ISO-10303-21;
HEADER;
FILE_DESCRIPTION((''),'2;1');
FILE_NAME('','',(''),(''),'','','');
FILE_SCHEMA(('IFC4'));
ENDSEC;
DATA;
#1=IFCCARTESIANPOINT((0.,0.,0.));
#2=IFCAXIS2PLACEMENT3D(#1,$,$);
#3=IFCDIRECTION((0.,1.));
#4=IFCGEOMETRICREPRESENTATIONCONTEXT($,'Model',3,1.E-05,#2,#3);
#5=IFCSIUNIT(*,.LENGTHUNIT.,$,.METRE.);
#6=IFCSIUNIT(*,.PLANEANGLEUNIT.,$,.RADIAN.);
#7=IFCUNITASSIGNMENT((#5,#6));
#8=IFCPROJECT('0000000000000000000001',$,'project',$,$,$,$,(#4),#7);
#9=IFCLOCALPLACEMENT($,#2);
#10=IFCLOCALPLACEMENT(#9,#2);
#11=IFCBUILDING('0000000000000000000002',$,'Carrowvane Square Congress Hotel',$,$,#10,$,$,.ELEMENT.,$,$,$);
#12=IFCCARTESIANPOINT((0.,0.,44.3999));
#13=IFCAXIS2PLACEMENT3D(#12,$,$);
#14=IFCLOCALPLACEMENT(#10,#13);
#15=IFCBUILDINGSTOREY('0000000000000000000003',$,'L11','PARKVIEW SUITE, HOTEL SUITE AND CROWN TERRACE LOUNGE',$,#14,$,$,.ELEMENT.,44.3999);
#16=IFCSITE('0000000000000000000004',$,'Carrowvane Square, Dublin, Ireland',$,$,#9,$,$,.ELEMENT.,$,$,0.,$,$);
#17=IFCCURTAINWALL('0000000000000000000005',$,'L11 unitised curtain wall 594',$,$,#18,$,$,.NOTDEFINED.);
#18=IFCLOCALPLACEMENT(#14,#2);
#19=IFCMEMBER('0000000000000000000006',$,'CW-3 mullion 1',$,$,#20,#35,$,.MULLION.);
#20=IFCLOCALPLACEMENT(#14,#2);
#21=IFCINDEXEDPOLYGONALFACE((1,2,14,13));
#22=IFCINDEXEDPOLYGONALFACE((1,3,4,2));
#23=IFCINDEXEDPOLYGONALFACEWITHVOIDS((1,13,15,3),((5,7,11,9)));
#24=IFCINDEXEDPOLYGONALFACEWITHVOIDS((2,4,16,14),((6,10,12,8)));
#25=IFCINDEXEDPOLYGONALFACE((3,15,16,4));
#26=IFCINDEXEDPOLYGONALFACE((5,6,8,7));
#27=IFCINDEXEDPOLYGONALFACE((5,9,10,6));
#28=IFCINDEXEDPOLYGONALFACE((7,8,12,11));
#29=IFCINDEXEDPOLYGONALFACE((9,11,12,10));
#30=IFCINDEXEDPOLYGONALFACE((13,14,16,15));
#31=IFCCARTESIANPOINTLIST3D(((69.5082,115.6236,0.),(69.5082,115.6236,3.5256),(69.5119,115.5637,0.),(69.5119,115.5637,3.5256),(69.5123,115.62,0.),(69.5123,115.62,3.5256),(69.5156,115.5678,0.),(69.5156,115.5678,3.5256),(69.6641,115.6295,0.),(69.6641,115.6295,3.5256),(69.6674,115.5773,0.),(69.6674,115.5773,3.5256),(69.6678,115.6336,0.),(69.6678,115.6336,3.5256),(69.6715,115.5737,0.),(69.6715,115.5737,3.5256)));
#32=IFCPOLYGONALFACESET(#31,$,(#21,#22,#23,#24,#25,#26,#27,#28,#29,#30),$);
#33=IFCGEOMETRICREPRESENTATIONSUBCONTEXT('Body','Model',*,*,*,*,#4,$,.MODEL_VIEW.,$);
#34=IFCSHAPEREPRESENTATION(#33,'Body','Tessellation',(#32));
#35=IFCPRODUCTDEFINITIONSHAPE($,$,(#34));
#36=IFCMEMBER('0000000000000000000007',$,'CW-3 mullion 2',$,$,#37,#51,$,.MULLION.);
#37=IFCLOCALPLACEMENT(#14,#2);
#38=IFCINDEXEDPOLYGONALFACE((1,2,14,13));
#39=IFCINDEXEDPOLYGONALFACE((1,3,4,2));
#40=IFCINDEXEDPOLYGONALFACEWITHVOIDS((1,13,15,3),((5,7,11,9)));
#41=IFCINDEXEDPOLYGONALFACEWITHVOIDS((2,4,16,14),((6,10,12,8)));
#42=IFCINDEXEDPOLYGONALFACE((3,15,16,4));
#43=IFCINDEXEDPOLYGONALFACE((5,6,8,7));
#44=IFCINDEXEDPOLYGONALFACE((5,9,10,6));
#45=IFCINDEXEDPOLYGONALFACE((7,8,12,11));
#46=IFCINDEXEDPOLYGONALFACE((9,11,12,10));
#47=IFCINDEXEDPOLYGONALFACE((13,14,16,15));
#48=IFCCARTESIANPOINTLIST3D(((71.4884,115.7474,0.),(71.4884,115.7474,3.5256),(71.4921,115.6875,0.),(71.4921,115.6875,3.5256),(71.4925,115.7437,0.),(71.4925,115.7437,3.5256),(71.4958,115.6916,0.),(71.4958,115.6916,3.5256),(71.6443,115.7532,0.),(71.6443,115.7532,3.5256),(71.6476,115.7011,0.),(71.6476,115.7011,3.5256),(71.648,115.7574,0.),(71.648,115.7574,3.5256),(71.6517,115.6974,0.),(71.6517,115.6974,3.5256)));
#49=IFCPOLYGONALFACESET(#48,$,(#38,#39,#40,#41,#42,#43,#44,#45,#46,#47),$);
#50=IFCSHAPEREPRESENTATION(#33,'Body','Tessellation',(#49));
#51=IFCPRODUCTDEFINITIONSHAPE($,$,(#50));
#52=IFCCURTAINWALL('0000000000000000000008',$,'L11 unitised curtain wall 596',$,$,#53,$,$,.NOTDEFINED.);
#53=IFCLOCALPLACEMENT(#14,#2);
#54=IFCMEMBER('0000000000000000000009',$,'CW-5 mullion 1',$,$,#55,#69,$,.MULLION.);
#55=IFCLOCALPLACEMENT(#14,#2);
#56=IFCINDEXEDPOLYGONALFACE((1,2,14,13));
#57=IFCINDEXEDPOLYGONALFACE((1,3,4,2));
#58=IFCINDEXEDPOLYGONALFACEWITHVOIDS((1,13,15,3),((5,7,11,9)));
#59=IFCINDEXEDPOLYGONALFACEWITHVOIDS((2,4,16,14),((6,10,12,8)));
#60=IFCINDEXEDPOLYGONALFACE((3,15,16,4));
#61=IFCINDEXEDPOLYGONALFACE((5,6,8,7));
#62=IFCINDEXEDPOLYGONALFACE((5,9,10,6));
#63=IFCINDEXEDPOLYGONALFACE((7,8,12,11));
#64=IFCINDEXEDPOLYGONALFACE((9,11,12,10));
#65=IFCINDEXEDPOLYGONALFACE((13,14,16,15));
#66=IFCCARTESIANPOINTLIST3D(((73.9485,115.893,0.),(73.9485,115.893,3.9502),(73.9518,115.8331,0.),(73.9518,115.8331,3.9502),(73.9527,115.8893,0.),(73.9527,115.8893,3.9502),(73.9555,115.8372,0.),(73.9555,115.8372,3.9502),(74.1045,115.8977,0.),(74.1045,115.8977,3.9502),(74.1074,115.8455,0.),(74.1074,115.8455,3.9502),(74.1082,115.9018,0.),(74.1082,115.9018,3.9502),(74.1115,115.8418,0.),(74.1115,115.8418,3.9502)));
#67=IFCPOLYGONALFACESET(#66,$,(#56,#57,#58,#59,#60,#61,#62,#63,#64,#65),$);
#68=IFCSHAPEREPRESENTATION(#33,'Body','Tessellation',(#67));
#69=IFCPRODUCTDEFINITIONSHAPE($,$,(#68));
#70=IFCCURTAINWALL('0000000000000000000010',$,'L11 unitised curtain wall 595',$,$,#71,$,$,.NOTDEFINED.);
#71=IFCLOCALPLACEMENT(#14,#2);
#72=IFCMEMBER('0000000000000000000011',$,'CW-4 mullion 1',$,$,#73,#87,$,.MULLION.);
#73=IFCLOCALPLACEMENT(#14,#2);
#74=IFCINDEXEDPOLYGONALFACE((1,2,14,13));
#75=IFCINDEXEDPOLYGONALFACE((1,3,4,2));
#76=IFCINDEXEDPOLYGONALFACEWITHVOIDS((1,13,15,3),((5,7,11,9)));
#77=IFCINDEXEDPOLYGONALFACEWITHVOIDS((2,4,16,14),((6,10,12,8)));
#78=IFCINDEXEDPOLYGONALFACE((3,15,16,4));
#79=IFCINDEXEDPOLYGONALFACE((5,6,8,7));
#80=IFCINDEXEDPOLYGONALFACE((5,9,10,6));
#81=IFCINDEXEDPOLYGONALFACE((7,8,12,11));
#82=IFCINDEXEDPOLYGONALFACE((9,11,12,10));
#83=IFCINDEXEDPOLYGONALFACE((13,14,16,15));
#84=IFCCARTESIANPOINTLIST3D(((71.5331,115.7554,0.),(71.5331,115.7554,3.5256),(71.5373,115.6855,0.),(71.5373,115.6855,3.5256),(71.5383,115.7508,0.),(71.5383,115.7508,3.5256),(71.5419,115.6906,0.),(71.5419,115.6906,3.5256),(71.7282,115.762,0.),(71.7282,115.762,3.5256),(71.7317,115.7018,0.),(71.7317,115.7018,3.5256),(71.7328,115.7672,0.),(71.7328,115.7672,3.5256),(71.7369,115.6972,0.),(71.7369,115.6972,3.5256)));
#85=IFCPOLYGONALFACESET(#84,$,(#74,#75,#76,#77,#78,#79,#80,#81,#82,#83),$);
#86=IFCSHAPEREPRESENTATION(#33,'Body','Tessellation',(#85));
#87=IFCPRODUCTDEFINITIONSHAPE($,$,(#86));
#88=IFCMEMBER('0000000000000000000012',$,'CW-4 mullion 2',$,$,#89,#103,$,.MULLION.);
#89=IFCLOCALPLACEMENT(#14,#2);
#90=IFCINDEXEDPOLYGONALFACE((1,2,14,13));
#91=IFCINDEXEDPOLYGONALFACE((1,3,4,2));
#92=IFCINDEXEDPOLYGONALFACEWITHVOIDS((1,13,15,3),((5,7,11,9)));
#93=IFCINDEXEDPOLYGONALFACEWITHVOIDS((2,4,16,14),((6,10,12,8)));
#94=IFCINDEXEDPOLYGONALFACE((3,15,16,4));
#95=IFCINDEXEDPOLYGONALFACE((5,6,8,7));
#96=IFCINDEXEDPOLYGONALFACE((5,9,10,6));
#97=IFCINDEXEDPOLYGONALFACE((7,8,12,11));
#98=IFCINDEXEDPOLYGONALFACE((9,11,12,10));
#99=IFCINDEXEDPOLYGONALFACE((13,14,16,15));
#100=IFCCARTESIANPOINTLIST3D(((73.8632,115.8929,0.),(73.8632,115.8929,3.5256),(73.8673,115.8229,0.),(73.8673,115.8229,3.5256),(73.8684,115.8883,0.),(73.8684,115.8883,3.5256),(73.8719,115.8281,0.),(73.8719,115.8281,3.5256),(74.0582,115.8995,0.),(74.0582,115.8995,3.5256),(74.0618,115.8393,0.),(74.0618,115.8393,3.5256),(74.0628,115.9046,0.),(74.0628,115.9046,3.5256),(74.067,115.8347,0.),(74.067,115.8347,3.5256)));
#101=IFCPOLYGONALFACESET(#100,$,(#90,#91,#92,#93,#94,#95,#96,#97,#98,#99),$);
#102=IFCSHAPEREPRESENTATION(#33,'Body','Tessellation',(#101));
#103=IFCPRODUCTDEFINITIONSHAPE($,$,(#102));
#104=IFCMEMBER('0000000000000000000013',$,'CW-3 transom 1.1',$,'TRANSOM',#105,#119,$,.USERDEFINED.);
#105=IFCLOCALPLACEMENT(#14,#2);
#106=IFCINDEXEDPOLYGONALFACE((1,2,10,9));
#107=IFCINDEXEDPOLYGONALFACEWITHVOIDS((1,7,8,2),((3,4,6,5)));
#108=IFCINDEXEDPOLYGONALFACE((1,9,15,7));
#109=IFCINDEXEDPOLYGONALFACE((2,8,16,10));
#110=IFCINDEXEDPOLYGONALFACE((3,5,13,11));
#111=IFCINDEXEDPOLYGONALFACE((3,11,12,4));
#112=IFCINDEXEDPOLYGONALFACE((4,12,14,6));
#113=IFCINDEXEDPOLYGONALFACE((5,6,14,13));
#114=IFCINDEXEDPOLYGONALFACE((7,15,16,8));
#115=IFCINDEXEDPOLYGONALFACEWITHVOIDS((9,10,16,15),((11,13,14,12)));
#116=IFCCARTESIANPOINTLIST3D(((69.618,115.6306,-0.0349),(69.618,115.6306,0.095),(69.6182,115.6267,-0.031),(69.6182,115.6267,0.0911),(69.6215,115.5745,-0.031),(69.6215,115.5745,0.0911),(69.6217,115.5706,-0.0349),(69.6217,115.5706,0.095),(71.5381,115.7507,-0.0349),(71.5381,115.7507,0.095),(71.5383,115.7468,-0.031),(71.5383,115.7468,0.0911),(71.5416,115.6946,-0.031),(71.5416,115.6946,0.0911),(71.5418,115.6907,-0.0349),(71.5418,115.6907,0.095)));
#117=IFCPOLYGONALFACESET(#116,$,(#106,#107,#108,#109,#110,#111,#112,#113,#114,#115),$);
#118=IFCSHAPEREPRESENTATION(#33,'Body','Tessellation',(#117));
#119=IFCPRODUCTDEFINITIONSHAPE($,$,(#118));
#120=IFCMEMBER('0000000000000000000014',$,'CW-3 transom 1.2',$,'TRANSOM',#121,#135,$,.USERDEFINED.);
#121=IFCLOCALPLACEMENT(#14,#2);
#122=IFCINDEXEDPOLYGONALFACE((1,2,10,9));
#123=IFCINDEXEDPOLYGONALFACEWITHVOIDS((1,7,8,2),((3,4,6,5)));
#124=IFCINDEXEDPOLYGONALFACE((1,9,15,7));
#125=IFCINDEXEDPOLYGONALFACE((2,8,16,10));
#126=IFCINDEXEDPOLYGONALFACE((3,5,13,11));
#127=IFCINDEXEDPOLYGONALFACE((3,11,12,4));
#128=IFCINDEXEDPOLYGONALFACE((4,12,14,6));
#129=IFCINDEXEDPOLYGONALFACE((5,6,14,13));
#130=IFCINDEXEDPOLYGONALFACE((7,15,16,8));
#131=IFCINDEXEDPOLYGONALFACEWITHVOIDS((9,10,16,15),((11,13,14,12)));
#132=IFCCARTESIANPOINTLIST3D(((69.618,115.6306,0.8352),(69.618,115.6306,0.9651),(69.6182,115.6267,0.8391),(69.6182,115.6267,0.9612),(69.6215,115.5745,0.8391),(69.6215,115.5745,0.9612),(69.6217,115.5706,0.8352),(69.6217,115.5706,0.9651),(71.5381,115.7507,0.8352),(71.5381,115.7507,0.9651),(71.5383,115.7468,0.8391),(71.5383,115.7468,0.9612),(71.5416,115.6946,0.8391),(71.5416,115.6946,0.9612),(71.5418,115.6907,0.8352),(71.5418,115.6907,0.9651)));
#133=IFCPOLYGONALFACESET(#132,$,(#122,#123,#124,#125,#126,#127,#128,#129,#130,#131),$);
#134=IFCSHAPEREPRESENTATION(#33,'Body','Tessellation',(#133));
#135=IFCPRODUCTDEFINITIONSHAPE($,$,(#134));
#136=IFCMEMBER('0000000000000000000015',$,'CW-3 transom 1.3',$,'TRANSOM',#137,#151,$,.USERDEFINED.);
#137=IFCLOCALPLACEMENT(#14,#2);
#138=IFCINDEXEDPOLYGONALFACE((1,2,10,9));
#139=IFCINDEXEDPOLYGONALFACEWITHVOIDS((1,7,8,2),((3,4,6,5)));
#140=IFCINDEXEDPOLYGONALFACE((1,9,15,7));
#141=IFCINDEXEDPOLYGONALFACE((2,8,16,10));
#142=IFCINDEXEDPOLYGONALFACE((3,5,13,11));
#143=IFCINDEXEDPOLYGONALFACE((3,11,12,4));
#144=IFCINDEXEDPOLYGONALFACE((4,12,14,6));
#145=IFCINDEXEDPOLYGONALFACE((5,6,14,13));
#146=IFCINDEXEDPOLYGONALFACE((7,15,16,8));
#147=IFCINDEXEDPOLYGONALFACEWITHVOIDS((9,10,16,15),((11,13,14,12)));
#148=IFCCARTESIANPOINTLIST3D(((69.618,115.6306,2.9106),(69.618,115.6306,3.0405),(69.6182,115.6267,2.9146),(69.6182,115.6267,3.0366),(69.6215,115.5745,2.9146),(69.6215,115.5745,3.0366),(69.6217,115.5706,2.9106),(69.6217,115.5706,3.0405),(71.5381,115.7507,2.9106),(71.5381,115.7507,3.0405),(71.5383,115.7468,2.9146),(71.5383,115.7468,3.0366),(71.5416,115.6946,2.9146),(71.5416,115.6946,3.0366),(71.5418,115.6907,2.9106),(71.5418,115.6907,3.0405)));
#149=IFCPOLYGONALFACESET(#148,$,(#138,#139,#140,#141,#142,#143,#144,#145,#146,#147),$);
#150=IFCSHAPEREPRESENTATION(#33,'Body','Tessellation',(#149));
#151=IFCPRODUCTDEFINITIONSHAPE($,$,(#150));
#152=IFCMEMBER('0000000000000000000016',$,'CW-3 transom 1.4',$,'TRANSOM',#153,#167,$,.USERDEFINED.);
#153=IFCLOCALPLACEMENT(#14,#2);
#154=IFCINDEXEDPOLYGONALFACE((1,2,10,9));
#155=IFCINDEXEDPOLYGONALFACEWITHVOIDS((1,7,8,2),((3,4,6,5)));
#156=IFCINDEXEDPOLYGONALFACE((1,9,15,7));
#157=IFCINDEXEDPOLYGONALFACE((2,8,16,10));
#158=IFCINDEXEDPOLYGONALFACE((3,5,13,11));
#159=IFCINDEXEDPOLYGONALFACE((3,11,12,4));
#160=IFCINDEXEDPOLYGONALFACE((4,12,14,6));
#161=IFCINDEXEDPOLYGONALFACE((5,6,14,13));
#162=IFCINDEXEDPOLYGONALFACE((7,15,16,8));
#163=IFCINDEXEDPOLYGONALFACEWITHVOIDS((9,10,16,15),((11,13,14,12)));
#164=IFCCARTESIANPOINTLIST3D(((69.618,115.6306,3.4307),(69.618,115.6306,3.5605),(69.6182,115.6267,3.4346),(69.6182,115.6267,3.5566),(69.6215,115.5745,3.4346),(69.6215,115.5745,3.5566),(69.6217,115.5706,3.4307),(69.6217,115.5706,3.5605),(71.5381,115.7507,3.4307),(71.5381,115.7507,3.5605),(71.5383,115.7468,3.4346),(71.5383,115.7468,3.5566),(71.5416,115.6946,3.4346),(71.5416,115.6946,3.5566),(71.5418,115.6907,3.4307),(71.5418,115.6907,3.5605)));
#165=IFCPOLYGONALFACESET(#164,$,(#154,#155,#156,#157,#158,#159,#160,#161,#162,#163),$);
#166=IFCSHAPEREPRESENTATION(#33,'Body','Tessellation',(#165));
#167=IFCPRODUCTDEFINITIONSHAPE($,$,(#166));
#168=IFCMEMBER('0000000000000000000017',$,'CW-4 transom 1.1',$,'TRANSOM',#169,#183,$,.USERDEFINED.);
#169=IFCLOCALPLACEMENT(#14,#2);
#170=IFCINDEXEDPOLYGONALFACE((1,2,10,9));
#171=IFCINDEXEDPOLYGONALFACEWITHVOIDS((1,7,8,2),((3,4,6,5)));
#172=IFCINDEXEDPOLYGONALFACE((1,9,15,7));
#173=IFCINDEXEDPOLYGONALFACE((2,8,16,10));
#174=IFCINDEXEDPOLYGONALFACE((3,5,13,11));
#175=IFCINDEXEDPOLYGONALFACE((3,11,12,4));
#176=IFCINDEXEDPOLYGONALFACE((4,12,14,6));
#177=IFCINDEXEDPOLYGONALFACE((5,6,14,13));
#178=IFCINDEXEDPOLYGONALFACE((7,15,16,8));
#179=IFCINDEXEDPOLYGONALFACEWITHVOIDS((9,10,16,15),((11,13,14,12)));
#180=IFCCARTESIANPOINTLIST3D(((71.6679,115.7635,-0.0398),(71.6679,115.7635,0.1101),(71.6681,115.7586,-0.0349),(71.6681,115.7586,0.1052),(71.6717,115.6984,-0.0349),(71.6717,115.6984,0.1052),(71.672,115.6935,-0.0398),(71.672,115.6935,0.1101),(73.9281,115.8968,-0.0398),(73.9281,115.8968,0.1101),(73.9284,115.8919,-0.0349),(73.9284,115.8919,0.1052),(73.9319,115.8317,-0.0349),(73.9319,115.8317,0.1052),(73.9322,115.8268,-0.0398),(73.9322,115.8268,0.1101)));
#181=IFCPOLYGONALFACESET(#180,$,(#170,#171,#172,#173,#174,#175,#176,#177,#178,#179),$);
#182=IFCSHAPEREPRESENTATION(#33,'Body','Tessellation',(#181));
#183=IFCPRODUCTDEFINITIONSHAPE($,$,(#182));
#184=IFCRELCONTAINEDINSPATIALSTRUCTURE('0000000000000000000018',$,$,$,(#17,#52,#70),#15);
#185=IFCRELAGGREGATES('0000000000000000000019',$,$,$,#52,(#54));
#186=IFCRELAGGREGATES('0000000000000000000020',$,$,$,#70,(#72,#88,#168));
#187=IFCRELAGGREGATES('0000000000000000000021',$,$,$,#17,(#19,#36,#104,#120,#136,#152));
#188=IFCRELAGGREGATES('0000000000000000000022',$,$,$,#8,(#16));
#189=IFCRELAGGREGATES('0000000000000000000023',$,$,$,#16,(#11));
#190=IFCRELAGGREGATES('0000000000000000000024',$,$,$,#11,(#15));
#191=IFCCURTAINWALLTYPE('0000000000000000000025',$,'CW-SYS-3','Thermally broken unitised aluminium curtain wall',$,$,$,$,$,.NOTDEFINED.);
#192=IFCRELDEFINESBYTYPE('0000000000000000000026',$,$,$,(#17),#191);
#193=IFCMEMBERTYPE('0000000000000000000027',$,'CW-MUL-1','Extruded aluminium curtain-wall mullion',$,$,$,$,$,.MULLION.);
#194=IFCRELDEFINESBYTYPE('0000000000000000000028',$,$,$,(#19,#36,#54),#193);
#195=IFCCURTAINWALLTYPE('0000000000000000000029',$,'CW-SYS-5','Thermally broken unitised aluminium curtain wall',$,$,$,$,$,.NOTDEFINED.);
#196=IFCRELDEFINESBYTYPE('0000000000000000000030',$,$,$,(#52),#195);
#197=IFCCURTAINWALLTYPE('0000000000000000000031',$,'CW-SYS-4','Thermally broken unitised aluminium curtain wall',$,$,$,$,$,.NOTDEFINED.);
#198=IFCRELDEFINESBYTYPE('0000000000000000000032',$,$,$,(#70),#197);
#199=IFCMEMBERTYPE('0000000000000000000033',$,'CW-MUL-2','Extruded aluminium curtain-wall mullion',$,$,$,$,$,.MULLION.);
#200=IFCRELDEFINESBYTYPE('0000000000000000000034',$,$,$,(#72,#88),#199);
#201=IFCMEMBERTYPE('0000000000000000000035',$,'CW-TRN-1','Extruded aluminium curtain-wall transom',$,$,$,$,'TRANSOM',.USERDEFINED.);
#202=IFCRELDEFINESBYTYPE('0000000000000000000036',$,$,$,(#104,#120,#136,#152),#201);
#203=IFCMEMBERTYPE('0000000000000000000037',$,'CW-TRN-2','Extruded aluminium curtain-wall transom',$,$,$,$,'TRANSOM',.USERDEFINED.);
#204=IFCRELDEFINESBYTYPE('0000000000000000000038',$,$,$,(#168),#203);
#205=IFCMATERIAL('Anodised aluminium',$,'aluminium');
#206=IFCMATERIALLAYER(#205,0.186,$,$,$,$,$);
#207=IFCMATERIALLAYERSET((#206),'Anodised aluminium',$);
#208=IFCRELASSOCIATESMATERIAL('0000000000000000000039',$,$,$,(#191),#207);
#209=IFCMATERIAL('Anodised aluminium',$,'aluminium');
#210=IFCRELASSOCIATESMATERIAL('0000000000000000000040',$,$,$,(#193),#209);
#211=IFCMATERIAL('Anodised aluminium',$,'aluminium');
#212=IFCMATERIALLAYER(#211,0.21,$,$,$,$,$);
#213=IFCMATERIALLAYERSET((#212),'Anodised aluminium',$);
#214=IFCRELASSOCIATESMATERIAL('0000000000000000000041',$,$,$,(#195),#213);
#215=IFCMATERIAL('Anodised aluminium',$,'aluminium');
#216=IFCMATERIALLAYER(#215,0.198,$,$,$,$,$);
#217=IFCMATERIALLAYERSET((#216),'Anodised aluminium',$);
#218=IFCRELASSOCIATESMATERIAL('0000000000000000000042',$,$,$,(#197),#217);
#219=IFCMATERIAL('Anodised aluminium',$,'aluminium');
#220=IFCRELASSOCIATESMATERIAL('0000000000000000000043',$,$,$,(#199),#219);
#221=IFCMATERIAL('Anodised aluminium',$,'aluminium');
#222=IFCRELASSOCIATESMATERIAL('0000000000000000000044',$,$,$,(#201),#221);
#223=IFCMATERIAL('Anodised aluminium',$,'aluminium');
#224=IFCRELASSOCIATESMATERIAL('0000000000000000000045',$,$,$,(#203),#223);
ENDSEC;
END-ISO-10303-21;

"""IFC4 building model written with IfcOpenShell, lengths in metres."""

from ifc_helpers import new_model, si_unit, direction, frame, origin, origin_2d, place, context, subcontext, project, spatial, hollow_rectangle, extrude, material, layer, layer_set, material_profile, profile_set, type_object, element, aggregate, save


model = new_model("IFC4")

# Units and contexts
model_context = context("Model", 3, precision=1e-05, world=origin(), true_north=direction((0.0, 1.0)))
body_context = subcontext(model_context, "Body", "Model", "MODEL_VIEW")
ifc_project = project(units=[si_unit("LENGTHUNIT", "METRE"), si_unit("PLANEANGLEUNIT", "RADIAN")], contexts=[model_context])

# Site, building, storey
site_placement = place(None, origin())
site = spatial("IfcSite", under=ifc_project, at=site_placement, Name="Carrowvane Square, Dublin, Ireland", CompositionType="ELEMENT", RefElevation=0.0)
building_placement = place(site_placement, origin())
building = spatial("IfcBuilding", under=site, at=building_placement, Name="Carrowvane Square Congress Hotel", CompositionType="ELEMENT")
storey_placement = place(building_placement, frame((0.0, 0.0, 44.3999)))
storey = spatial("IfcBuildingStorey", under=building, at=storey_placement, Name="L11", Description="PARKVIEW SUITE, HOTEL SUITE AND CROWN TERRACE LOUNGE", CompositionType="ELEMENT", Elevation=44.3999)

# Curtain wall, members
ifc_material_1 = material(Name="Anodised aluminium", Category="aluminium")
ifc_layer_1 = layer(ifc_material_1, 0.186)
ifc_layer_set_1 = layer_set([ifc_layer_1], Name="Anodised aluminium")
curtain_wall_type_1 = type_object("IfcCurtainWallType", Name="CW-SYS-3", Description="Thermally broken unitised aluminium curtain wall", PredefinedType="NOTDEFINED", material=ifc_layer_set_1)
curtain_wall_1_placement = place(storey_placement, origin())
curtain_wall_1 = element("IfcCurtainWall", 1, at=curtain_wall_1_placement, inside=storey, type_object=curtain_wall_type_1, Name="L11 unitised curtain wall 594", PredefinedType="NOTDEFINED")
ifc_material_2 = material(Name="Anodised aluminium", Category="aluminium")
ifc_material_profile_1 = material_profile(ifc_material_2, hollow_rectangle(XDim=0.0601, YDim=0.1599, WallThickness=0.0039, at=origin_2d()), Name="CW-ML 60x160x4")
ifc_profile_set_1 = profile_set([ifc_material_profile_1], Name="Anodised aluminium")
member_type_1 = type_object("IfcMemberType", Name="CW-MUL-1", Description="Extruded aluminium curtain-wall mullion", PredefinedType="MULLION", material=ifc_profile_set_1)
member_1_placement = place(storey_placement, frame((69.5898, 115.5986, 0.0), z_axis=(0.0, 0.0, 1.0), x_axis=(-0.062397, 0.998051, 0.0)))
member_1 = element("IfcMember", 2, at=member_1_placement, type_object=member_type_1, Name="CW-3 mullion 1", PredefinedType="MULLION", context=body_context, shape_type="SweptSolid", body=[
    extrude(hollow_rectangle(XDim=0.0601, YDim=0.1599, WallThickness=0.0039, at=origin_2d()), origin(), (0.0, 0.0, 1.0), 3.5256),
])
member_2_placement = place(storey_placement, frame((71.5701, 115.7224, 0.0), z_axis=(0.0, 0.0, 1.0), x_axis=(-0.062397, 0.998051, 0.0)))
member_2 = element("IfcMember", 3, at=member_2_placement, type_object=member_type_1, Name="CW-3 mullion 2", PredefinedType="MULLION", context=body_context, shape_type="SweptSolid", body=[
    extrude(hollow_rectangle(XDim=0.0601, YDim=0.1599, WallThickness=0.0039, at=origin_2d()), origin(), (0.0, 0.0, 1.0), 3.5256),
])

# Curtain wall, member
ifc_material_3 = material(Name="Anodised aluminium", Category="aluminium")
ifc_layer_2 = layer(ifc_material_3, 0.21)
ifc_layer_set_2 = layer_set([ifc_layer_2], Name="Anodised aluminium")
curtain_wall_type_2 = type_object("IfcCurtainWallType", Name="CW-SYS-5", Description="Thermally broken unitised aluminium curtain wall", PredefinedType="NOTDEFINED", material=ifc_layer_set_2)
curtain_wall_2_placement = place(storey_placement, origin())
curtain_wall_2 = element("IfcCurtainWall", 4, at=curtain_wall_2_placement, inside=storey, type_object=curtain_wall_type_2, Name="L11 unitised curtain wall 596", PredefinedType="NOTDEFINED")
member_3_placement = place(storey_placement, frame((74.03, 115.8674, 0.0), z_axis=(0.0, 0.0, 1.0), x_axis=(-0.054816, 0.998496, 0.0)))
member_3 = element("IfcMember", 5, at=member_3_placement, type_object=member_type_1, Name="CW-5 mullion 1", PredefinedType="MULLION", context=body_context, shape_type="SweptSolid", body=[
    extrude(hollow_rectangle(XDim=0.0601, YDim=0.1599, WallThickness=0.0039, at=origin_2d()), origin(), (0.0, 0.0, 1.0), 3.9502),
])
aggregate(curtain_wall_2, [member_3])

# Curtain wall, members
ifc_material_4 = material(Name="Anodised aluminium", Category="aluminium")
ifc_layer_3 = layer(ifc_material_4, 0.198)
ifc_layer_set_3 = layer_set([ifc_layer_3], Name="Anodised aluminium")
curtain_wall_type_3 = type_object("IfcCurtainWallType", Name="CW-SYS-4", Description="Thermally broken unitised aluminium curtain wall", PredefinedType="NOTDEFINED", material=ifc_layer_set_3)
curtain_wall_3_placement = place(storey_placement, origin())
curtain_wall_3 = element("IfcCurtainWall", 6, at=curtain_wall_3_placement, inside=storey, type_object=curtain_wall_type_3, Name="L11 unitised curtain wall 595", PredefinedType="NOTDEFINED")
ifc_material_5 = material(Name="Anodised aluminium", Category="aluminium")
ifc_material_profile_2 = material_profile(ifc_material_5, hollow_rectangle(XDim=0.0701, YDim=0.2, WallThickness=0.0049, at=origin_2d()), Name="CW-ML 70x200x5")
ifc_profile_set_2 = profile_set([ifc_material_profile_2], Name="Anodised aluminium")
member_type_2 = type_object("IfcMemberType", Name="CW-MUL-2", Description="Extruded aluminium curtain-wall mullion", PredefinedType="MULLION", material=ifc_profile_set_2)
member_4_placement = place(storey_placement, frame((71.635, 115.7263, 0.0), z_axis=(0.0, 0.0, 1.0), x_axis=(-0.058851, 0.998267, 0.0)))
member_4 = element("IfcMember", 7, at=member_4_placement, type_object=member_type_2, Name="CW-4 mullion 1", PredefinedType="MULLION", context=body_context, shape_type="SweptSolid", body=[
    extrude(hollow_rectangle(XDim=0.0701, YDim=0.2, WallThickness=0.0049, at=origin_2d()), origin(), (0.0, 0.0, 1.0), 3.5256),
])
member_5_placement = place(storey_placement, frame((73.9651, 115.8638, 0.0), z_axis=(0.0, 0.0, 1.0), x_axis=(-0.058851, 0.998267, 0.0)))
member_5 = element("IfcMember", 8, at=member_5_placement, type_object=member_type_2, Name="CW-4 mullion 2", PredefinedType="MULLION", context=body_context, shape_type="SweptSolid", body=[
    extrude(hollow_rectangle(XDim=0.0701, YDim=0.2, WallThickness=0.0049, at=origin_2d()), origin(), (0.0, 0.0, 1.0), 3.5256),
])

# Members
ifc_material_6 = material(Name="Anodised aluminium", Category="aluminium")
ifc_material_profile_3 = material_profile(ifc_material_6, hollow_rectangle(XDim=0.0601, YDim=0.1299, WallThickness=0.0039, at=origin_2d()), Name="CW-TR 60x130x4")
ifc_profile_set_3 = profile_set([ifc_material_profile_3], Name="Anodised aluminium")
member_type_3 = type_object("IfcMemberType", Name="CW-TRN-1", Description="Extruded aluminium curtain-wall transom", ElementType="TRANSOM", PredefinedType="USERDEFINED", material=ifc_profile_set_3)
member_6_placement = place(storey_placement, frame((69.6199, 115.6006, 0.03), z_axis=(0.998049, 0.062434, 0.0), x_axis=(-0.062434, 0.998049, 0.0)))
member_6 = element("IfcMember", 9, at=member_6_placement, type_object=member_type_3, Name="CW-3 transom 1.1", ObjectType="TRANSOM", PredefinedType="USERDEFINED", context=body_context, shape_type="SweptSolid", body=[
    extrude(hollow_rectangle(XDim=0.0601, YDim=0.1299, WallThickness=0.0039, at=origin_2d()), origin(), (0.0, 0.0, 1.0), 1.9238),
])
member_7_placement = place(storey_placement, frame((69.6199, 115.6006, 0.9001), z_axis=(0.998049, 0.062434, 0.0), x_axis=(-0.062434, 0.998049, 0.0)))
member_7 = element("IfcMember", 10, at=member_7_placement, type_object=member_type_3, Name="CW-3 transom 1.2", ObjectType="TRANSOM", PredefinedType="USERDEFINED", context=body_context, shape_type="SweptSolid", body=[
    extrude(hollow_rectangle(XDim=0.0601, YDim=0.1299, WallThickness=0.0039, at=origin_2d()), origin(), (0.0, 0.0, 1.0), 1.9238),
])
member_8_placement = place(storey_placement, frame((69.6199, 115.6006, 2.9756), z_axis=(0.998049, 0.062434, 0.0), x_axis=(-0.062434, 0.998049, 0.0)))
member_8 = element("IfcMember", 11, at=member_8_placement, type_object=member_type_3, Name="CW-3 transom 1.3", ObjectType="TRANSOM", PredefinedType="USERDEFINED", context=body_context, shape_type="SweptSolid", body=[
    extrude(hollow_rectangle(XDim=0.0601, YDim=0.1299, WallThickness=0.0039, at=origin_2d()), origin(), (0.0, 0.0, 1.0), 1.9238),
])
member_9_placement = place(storey_placement, frame((69.6199, 115.6006, 3.4956), z_axis=(0.998049, 0.062434, 0.0), x_axis=(-0.062434, 0.998049, 0.0)))
member_9 = element("IfcMember", 12, at=member_9_placement, type_object=member_type_3, Name="CW-3 transom 1.4", ObjectType="TRANSOM", PredefinedType="USERDEFINED", context=body_context, shape_type="SweptSolid", body=[
    extrude(hollow_rectangle(XDim=0.0601, YDim=0.1299, WallThickness=0.0039, at=origin_2d()), origin(), (0.0, 0.0, 1.0), 1.9238),
])
ifc_material_7 = material(Name="Anodised aluminium", Category="aluminium")
ifc_material_profile_4 = material_profile(ifc_material_7, hollow_rectangle(XDim=0.0701, YDim=0.1499, WallThickness=0.0049, at=origin_2d()), Name="CW-TR 70x150x5")
ifc_profile_set_4 = profile_set([ifc_material_profile_4], Name="Anodised aluminium")
member_type_4 = type_object("IfcMemberType", Name="CW-TRN-2", Description="Extruded aluminium curtain-wall transom", ElementType="TRANSOM", PredefinedType="USERDEFINED", material=ifc_profile_set_4)
member_10_placement = place(storey_placement, frame((71.6699, 115.7285, 0.0352), z_axis=(0.998265, 0.058874, 0.0), x_axis=(-0.058874, 0.998265, 0.0)))
member_10 = element("IfcMember", 13, at=member_10_placement, type_object=member_type_4, Name="CW-4 transom 1.1", ObjectType="TRANSOM", PredefinedType="USERDEFINED", context=body_context, shape_type="SweptSolid", body=[
    extrude(hollow_rectangle(XDim=0.0701, YDim=0.1499, WallThickness=0.0049, at=origin_2d()), origin(), (0.0, 0.0, 1.0), 2.2642),
])

aggregate(curtain_wall_3, [member_4, member_5, member_10])
aggregate(curtain_wall_1, [member_1, member_2, member_6, member_7, member_8, member_9])

save(model, "model.ifc")
